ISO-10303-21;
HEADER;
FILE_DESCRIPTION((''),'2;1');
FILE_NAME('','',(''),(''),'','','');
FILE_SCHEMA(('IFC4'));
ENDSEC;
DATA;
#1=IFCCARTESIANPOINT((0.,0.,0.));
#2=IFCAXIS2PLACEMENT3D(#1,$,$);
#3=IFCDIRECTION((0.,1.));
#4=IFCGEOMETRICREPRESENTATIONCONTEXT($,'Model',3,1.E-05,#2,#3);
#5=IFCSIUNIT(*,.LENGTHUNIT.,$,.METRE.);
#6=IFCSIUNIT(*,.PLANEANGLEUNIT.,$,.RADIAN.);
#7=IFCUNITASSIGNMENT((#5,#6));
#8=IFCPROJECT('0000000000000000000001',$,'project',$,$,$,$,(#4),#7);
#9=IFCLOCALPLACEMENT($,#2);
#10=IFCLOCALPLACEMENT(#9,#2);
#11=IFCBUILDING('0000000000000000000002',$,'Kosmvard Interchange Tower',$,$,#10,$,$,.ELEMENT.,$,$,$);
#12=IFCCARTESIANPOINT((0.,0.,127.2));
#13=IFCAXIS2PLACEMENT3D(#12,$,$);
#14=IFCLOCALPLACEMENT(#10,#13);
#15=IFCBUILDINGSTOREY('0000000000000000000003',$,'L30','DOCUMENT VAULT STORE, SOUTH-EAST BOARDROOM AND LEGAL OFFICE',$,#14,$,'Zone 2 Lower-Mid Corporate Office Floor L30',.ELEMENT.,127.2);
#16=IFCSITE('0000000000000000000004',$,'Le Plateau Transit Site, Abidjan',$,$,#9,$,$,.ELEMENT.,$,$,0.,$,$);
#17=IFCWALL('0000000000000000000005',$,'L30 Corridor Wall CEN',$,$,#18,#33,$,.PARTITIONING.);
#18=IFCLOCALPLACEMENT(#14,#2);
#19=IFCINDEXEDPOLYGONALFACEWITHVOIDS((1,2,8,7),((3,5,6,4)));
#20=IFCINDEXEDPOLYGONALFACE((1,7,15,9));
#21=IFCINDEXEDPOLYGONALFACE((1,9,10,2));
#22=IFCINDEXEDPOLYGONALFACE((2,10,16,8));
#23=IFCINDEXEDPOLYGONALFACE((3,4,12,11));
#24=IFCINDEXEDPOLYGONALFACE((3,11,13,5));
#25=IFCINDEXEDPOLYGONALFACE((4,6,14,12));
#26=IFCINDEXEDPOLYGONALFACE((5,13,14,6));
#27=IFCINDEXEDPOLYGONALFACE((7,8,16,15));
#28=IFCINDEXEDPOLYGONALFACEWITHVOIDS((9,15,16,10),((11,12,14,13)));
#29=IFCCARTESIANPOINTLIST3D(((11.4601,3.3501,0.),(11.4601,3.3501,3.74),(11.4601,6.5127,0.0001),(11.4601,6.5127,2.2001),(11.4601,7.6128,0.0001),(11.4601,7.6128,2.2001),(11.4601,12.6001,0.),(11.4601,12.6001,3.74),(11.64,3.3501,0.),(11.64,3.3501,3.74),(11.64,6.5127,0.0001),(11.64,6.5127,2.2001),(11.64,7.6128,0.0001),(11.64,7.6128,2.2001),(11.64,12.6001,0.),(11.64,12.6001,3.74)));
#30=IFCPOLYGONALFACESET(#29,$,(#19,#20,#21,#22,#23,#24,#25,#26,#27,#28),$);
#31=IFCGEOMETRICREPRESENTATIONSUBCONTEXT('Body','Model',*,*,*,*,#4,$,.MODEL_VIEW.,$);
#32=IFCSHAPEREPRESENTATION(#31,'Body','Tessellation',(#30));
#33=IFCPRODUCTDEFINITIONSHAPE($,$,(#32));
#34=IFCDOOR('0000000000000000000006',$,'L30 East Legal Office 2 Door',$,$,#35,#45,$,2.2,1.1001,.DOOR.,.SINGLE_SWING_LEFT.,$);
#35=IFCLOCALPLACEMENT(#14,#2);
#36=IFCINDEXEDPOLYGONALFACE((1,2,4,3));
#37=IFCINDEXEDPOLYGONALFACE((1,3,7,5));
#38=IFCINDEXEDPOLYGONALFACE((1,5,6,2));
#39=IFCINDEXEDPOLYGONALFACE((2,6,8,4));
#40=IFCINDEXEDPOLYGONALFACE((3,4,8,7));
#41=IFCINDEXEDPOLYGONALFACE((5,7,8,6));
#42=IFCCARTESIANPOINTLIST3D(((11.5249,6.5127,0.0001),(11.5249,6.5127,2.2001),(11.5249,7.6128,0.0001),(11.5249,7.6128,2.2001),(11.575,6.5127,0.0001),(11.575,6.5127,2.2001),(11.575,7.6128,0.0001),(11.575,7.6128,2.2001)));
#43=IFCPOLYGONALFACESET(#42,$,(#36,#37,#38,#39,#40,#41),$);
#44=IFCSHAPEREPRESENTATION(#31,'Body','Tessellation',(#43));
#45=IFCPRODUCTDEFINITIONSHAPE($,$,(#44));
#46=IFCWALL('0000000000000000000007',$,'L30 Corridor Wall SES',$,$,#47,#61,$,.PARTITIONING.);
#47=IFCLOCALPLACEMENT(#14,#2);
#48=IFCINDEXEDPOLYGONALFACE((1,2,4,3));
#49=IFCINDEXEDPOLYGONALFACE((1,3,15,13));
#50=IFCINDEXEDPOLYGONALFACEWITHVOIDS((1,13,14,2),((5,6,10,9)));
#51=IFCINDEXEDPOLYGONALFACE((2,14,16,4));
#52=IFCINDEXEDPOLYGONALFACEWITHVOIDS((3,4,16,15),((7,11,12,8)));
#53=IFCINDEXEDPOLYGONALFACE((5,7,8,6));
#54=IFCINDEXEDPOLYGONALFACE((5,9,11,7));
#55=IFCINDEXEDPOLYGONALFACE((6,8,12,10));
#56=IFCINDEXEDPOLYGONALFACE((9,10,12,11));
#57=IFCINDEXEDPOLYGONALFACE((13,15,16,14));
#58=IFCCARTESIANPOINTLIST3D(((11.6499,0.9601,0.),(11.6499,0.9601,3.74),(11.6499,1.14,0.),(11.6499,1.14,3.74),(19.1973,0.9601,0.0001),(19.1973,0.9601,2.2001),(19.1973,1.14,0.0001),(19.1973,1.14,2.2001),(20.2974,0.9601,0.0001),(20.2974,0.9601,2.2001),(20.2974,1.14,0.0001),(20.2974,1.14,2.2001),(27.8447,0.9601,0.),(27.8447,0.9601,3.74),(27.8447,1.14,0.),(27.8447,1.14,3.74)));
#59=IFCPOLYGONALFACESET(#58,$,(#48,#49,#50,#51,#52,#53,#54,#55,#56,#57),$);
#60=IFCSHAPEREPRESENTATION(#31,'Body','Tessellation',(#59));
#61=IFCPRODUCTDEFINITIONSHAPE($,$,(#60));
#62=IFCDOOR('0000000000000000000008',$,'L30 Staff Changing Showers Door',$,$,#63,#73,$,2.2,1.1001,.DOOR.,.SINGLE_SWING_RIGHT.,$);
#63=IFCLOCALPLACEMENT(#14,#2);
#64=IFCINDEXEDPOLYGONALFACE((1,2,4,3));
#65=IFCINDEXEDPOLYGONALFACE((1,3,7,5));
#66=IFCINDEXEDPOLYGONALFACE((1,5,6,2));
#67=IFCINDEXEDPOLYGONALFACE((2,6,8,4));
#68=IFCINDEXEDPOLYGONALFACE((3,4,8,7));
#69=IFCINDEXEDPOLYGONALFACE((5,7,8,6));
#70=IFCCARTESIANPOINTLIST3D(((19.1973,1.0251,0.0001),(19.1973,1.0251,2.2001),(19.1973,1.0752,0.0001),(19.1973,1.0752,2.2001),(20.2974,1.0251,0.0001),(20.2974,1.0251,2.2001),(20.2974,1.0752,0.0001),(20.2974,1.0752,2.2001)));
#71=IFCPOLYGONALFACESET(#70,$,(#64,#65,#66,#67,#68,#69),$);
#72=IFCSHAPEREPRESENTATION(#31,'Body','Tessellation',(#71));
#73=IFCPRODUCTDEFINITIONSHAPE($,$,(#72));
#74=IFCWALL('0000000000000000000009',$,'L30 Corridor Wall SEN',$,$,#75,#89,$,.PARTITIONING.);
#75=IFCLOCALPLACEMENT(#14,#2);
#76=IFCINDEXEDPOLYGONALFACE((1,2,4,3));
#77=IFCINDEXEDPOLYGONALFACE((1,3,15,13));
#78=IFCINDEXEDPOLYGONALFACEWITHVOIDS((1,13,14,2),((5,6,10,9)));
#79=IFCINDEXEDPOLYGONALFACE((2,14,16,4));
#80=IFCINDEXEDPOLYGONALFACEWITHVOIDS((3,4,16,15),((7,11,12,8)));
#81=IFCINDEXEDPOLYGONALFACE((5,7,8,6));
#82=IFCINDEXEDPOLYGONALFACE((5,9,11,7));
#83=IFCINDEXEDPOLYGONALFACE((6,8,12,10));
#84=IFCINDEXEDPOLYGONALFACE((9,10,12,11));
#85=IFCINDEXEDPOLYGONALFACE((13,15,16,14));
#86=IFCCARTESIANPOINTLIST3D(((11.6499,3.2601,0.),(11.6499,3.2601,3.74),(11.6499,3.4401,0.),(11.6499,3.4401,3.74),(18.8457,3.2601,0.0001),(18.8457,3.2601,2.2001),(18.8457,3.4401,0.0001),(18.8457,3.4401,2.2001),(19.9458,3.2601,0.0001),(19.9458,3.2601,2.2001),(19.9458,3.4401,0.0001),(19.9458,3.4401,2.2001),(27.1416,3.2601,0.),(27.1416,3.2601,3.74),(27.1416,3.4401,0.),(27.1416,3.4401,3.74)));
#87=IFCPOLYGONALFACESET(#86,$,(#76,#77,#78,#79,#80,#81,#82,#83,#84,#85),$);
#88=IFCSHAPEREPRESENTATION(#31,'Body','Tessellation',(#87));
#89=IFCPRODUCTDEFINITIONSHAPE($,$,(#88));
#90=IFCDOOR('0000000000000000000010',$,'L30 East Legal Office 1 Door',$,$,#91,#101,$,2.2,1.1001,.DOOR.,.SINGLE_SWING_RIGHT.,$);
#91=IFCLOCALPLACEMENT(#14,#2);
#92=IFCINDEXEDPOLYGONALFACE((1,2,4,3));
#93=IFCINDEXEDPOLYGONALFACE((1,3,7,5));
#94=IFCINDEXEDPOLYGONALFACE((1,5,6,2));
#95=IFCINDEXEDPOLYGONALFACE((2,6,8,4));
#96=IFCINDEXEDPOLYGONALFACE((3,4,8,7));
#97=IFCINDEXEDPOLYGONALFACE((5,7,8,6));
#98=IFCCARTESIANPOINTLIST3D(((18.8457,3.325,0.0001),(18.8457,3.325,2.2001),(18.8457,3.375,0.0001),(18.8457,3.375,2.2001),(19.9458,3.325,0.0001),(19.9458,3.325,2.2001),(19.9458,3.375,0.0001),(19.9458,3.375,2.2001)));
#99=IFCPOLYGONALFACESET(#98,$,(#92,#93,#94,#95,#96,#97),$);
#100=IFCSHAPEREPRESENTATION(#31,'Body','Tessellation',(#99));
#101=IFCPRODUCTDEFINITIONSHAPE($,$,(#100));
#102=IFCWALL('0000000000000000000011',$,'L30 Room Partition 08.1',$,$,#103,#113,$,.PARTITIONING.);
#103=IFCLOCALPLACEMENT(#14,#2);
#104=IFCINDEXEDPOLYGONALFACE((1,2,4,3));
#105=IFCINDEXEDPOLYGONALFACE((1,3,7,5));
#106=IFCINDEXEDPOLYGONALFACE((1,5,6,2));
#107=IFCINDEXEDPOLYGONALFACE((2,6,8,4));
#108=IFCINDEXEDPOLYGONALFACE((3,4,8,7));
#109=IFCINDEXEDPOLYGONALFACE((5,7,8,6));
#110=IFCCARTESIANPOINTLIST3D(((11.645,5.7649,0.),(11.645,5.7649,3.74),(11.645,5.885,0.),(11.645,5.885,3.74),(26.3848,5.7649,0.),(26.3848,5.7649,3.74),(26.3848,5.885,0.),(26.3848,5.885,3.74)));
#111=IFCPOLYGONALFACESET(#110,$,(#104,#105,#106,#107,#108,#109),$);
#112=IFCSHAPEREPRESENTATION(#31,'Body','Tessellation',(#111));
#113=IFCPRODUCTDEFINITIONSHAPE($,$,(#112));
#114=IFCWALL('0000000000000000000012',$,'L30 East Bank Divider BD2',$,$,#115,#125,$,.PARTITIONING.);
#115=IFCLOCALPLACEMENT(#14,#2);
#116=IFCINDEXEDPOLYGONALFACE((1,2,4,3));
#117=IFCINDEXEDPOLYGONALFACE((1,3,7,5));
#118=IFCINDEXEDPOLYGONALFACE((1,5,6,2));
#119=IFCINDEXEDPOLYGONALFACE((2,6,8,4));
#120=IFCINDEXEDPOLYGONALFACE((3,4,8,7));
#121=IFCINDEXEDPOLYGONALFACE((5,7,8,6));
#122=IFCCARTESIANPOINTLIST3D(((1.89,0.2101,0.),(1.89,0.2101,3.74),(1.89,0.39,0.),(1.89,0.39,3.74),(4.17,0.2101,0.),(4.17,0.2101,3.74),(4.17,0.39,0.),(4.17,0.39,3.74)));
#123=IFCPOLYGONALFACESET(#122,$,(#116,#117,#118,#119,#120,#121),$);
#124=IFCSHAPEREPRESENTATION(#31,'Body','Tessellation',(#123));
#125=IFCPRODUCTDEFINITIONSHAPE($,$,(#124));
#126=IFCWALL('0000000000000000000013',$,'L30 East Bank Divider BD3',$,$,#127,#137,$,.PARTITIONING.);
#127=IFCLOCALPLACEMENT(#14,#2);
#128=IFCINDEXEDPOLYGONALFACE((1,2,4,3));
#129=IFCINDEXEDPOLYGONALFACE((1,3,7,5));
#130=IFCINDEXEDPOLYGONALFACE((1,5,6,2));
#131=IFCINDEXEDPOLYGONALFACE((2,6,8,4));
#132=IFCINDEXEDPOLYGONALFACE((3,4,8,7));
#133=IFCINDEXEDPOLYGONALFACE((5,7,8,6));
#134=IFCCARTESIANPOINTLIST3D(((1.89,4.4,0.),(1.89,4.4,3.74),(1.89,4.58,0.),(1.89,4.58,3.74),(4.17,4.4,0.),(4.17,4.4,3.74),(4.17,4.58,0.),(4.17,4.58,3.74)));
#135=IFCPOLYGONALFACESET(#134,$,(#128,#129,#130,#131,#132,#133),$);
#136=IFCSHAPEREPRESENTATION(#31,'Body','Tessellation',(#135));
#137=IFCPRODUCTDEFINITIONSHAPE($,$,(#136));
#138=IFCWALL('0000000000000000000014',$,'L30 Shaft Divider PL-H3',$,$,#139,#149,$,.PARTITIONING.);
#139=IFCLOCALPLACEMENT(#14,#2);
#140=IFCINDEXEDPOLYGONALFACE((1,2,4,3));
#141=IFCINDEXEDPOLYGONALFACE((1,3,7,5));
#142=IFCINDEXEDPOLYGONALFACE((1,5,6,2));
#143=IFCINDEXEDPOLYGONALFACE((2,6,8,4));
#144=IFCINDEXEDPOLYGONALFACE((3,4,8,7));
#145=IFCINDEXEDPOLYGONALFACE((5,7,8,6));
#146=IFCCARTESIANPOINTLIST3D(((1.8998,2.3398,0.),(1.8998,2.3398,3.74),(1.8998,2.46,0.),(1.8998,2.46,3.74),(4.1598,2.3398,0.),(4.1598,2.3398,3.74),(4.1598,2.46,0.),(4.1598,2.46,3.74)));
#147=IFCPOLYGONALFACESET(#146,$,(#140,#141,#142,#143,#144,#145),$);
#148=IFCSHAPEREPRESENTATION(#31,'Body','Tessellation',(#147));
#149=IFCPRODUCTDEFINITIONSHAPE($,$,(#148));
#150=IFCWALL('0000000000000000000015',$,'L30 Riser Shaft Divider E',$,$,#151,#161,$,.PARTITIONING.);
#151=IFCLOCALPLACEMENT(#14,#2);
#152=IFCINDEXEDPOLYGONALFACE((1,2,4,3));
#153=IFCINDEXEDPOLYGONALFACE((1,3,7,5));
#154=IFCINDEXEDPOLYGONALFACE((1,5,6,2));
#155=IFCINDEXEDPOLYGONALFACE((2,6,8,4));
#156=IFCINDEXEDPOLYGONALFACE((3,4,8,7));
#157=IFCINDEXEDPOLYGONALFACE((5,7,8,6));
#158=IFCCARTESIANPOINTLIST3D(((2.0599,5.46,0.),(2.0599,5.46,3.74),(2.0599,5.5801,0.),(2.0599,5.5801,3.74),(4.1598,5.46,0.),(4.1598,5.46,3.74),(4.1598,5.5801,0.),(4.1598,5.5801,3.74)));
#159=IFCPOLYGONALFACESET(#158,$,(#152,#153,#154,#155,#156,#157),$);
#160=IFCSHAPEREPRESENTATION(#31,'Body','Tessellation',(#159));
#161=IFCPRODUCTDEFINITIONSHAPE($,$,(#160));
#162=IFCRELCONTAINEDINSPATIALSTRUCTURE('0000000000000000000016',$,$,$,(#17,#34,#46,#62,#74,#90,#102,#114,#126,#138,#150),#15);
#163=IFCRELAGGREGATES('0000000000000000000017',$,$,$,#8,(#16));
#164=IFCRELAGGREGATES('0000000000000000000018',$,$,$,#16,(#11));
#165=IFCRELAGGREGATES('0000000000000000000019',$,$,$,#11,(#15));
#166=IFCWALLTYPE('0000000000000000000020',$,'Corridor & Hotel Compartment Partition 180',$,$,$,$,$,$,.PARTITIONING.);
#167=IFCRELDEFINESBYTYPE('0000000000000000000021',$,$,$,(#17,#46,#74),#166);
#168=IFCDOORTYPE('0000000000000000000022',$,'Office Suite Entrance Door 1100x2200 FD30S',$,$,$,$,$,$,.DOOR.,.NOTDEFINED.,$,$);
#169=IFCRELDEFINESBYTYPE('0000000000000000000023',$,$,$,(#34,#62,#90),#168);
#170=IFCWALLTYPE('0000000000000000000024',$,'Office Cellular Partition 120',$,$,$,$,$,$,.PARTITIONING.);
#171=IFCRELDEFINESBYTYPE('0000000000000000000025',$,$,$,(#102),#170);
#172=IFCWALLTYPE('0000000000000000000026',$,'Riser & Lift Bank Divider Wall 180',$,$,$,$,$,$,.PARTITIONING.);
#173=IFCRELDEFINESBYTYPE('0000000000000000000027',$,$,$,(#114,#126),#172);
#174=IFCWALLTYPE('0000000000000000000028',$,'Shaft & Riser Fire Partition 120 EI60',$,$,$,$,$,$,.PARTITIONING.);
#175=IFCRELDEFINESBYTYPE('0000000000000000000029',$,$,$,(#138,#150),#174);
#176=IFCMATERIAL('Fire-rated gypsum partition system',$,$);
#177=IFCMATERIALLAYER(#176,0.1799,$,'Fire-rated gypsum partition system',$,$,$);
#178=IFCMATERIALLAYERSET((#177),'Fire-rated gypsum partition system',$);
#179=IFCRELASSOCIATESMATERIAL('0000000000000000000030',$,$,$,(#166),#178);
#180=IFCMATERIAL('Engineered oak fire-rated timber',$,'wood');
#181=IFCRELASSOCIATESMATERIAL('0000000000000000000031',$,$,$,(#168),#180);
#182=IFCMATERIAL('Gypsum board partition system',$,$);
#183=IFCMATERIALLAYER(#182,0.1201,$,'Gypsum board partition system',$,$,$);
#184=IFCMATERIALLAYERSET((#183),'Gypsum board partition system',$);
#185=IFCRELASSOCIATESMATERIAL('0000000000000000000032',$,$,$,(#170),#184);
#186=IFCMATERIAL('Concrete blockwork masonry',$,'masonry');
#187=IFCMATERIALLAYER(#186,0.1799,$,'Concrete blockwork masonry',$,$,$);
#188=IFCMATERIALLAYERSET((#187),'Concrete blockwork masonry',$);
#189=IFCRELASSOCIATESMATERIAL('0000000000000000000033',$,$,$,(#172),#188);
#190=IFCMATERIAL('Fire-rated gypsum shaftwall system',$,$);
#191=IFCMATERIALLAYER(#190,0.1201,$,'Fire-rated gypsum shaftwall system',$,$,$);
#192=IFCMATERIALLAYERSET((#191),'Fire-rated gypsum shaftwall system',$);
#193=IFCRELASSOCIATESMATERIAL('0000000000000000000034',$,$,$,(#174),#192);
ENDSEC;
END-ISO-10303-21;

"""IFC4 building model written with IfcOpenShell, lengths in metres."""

from ifc_helpers import new_model, si_unit, direction, frame, frame_2d, origin, place, context, subcontext, project, spatial, rectangle, extrude, source, transform, mapped, material, layer, layer_set, type_object, element, fill, save


model = new_model("IFC4")

# Units and contexts
model_context = context("Model", 3, precision=1e-05, world=origin(), true_north=direction((0.0, 1.0)))
body_context = subcontext(model_context, "Body", "Model", "MODEL_VIEW")
ifc_project = project(units=[si_unit("LENGTHUNIT", "METRE"), si_unit("PLANEANGLEUNIT", "RADIAN")], contexts=[model_context])

# Site, building, storey
site_placement = place(None, origin())
site = spatial("IfcSite", under=ifc_project, at=site_placement, Name="Le Plateau Transit Site, Abidjan", CompositionType="ELEMENT", RefElevation=0.0)
building_placement = place(site_placement, origin())
building = spatial("IfcBuilding", under=site, at=building_placement, Name="Kosmvard Interchange Tower", CompositionType="ELEMENT")
storey_placement = place(building_placement, frame((0.0, 0.0, 127.2)))
storey = spatial("IfcBuildingStorey", under=building, at=storey_placement, Name="L30", Description="DOCUMENT VAULT STORE, SOUTH-EAST BOARDROOM AND LEGAL OFFICE", LongName="Zone 2 Lower-Mid Corporate Office Floor L30", CompositionType="ELEMENT", Elevation=127.2)

# Shared definitions
ifc_material_1 = material(Name="Fire-rated gypsum partition system")

# Walls, openings, doors
ifc_layer_1 = layer(ifc_material_1, 0.1799, Name="Fire-rated gypsum partition system")
ifc_layer_set_1 = layer_set([ifc_layer_1], Name="Fire-rated gypsum partition system")
wall_type_1 = type_object("IfcWallType", Name="Corridor & Hotel Compartment Partition 180", PredefinedType="PARTITIONING", material=ifc_layer_set_1)
wall_1_placement = place(storey_placement, frame((11.55, 3.3501, 0.0), z_axis=(0.0, 0.0, 1.0), x_axis=(0.0, 1.0, 0.0)))
wall_1 = element("IfcWall", 1, at=wall_1_placement, inside=storey, type_object=wall_type_1, Name="L30 Corridor Wall CEN", PredefinedType="PARTITIONING", context=body_context, shape_type="SweptSolid", body=[
    extrude(rectangle(XDim=9.25, YDim=0.1799, at=frame_2d((4.625, 0.0))), origin(), (0.0, 0.0, 1.0), 3.74),
])
opening_1_placement = place(wall_1_placement, frame((3.1626, 0.0, 0.0)))
opening_1 = element("IfcOpeningElement", 2, at=opening_1_placement, cuts=wall_1, PredefinedType="OPENING", context=body_context, shape_type="SweptSolid", body=[
    extrude(rectangle(XDim=1.1001, YDim=2.2, at=frame_2d((0.55, 1.1001))), frame((0.0, 0.1001, 0.0), z_axis=(0.0, -1.0, 0.0), x_axis=(1.0, 0.0, 0.0)), (0.0, 0.0, 1.0), 0.2),
])
ifc_material_2 = material(Name="Engineered oak fire-rated timber", Category="wood")
door_type_1 = type_object("IfcDoorType", Name="Office Suite Entrance Door 1100x2200 FD30S", OperationType="NOTDEFINED", PredefinedType="DOOR", material=ifc_material_2)
shared_shape_1 = source(origin(), body_context, "Body", "SweptSolid", [
    extrude(rectangle(XDim=1.1001, YDim=2.2, at=frame_2d((0.55, 1.1001))), frame((0.0, 0.0249, 0.0), z_axis=(0.0, -1.0, 0.0), x_axis=(1.0, 0.0, 0.0)), (0.0, 0.0, 1.0), 0.05),
])
door_1_placement = place(opening_1_placement, frame((1.1001, 0.0, 0.0), z_axis=(0.0, 0.0, 1.0), x_axis=(-1.0, 0.0, 0.0)))
door_1 = element("IfcDoor", 3, at=door_1_placement, inside=storey, type_object=door_type_1, Name="L30 East Legal Office 2 Door", OperationType="SINGLE_SWING_LEFT", OverallHeight=2.2, OverallWidth=1.1001, PredefinedType="DOOR", context=body_context, shape_type="MappedRepresentation", body=[
    mapped(shared_shape_1, transform((0.0, 0.0, 0.0), scale=1.0)),
])
fill(opening_1, door_1)
wall_2_placement = place(storey_placement, frame((11.6499, 1.05, 0.0), z_axis=(0.0, 0.0, 1.0), x_axis=(1.0, 0.0, 0.0)))
wall_2 = element("IfcWall", 4, at=wall_2_placement, inside=storey, type_object=wall_type_1, Name="L30 Corridor Wall SES", PredefinedType="PARTITIONING", context=body_context, shape_type="SweptSolid", body=[
    extrude(rectangle(XDim=16.1948, YDim=0.1799, at=frame_2d((8.0974, 0.0))), origin(), (0.0, 0.0, 1.0), 3.74),
])
opening_2_placement = place(wall_2_placement, frame((7.5474, 0.0, 0.0)))
opening_2 = element("IfcOpeningElement", 5, at=opening_2_placement, cuts=wall_2, PredefinedType="OPENING", context=body_context, shape_type="SweptSolid", body=[
    extrude(rectangle(XDim=1.1001, YDim=2.2, at=frame_2d((0.55, 1.1001))), frame((0.0, 0.1001, 0.0), z_axis=(0.0, -1.0, 0.0), x_axis=(1.0, 0.0, 0.0)), (0.0, 0.0, 1.0), 0.2),
])
door_2_placement = place(opening_2_placement, frame((1.1001, 0.0, 0.0), z_axis=(0.0, 0.0, 1.0), x_axis=(-1.0, 0.0, 0.0)))
door_2 = element("IfcDoor", 6, at=door_2_placement, inside=storey, type_object=door_type_1, Name="L30 Staff Changing Showers Door", OperationType="SINGLE_SWING_RIGHT", OverallHeight=2.2, OverallWidth=1.1001, PredefinedType="DOOR", context=body_context, shape_type="MappedRepresentation", body=[
    mapped(shared_shape_1, transform((0.0, 0.0, 0.0), scale=1.0)),
])
fill(opening_2, door_2)
wall_3_placement = place(storey_placement, frame((11.6499, 3.3501, 0.0), z_axis=(0.0, 0.0, 1.0), x_axis=(1.0, 0.0, 0.0)))
wall_3 = element("IfcWall", 7, at=wall_3_placement, inside=storey, type_object=wall_type_1, Name="L30 Corridor Wall SEN", PredefinedType="PARTITIONING", context=body_context, shape_type="SweptSolid", body=[
    extrude(rectangle(XDim=15.4917, YDim=0.1799, at=frame_2d((7.7458, 0.0))), origin(), (0.0, 0.0, 1.0), 3.74),
])
opening_3_placement = place(wall_3_placement, frame((7.1958, 0.0, 0.0)))
opening_3 = element("IfcOpeningElement", 8, at=opening_3_placement, cuts=wall_3, PredefinedType="OPENING", context=body_context, shape_type="SweptSolid", body=[
    extrude(rectangle(XDim=1.1001, YDim=2.2, at=frame_2d((0.55, 1.1001))), frame((0.0, 0.1001, 0.0), z_axis=(0.0, -1.0, 0.0), x_axis=(1.0, 0.0, 0.0)), (0.0, 0.0, 1.0), 0.2),
])
door_3_placement = place(opening_3_placement, origin())
door_3 = element("IfcDoor", 9, at=door_3_placement, inside=storey, type_object=door_type_1, Name="L30 East Legal Office 1 Door", OperationType="SINGLE_SWING_RIGHT", OverallHeight=2.2, OverallWidth=1.1001, PredefinedType="DOOR", context=body_context, shape_type="MappedRepresentation", body=[
    mapped(shared_shape_1, transform((0.0, 0.0, 0.0), scale=1.0)),
])
fill(opening_3, door_3)

# Walls
ifc_material_3 = material(Name="Gypsum board partition system")
ifc_layer_2 = layer(ifc_material_3, 0.1201, Name="Gypsum board partition system")
ifc_layer_set_2 = layer_set([ifc_layer_2], Name="Gypsum board partition system")
wall_type_2 = type_object("IfcWallType", Name="Office Cellular Partition 120", PredefinedType="PARTITIONING", material=ifc_layer_set_2)
wall_4_placement = place(storey_placement, frame((11.645, 5.825, 0.0), z_axis=(0.0, 0.0, 1.0), x_axis=(1.0, 0.0, 0.0)))
element("IfcWall", 10, at=wall_4_placement, inside=storey, type_object=wall_type_2, Name="L30 Room Partition 08.1", PredefinedType="PARTITIONING", context=body_context, shape_type="SweptSolid", body=[
    extrude(rectangle(XDim=14.7397, YDim=0.1201, at=frame_2d((7.3699, 0.0))), origin(), (0.0, 0.0, 1.0), 3.74),
])
ifc_material_4 = material(Name="Concrete blockwork masonry", Category="masonry")
ifc_layer_3 = layer(ifc_material_4, 0.1799, Name="Concrete blockwork masonry")
ifc_layer_set_3 = layer_set([ifc_layer_3], Name="Concrete blockwork masonry")
wall_type_3 = type_object("IfcWallType", Name="Riser & Lift Bank Divider Wall 180", PredefinedType="PARTITIONING", material=ifc_layer_set_3)
for number, where, z_axis, x_axis, name in (
    (11, (1.8899, 0.3, 0.0), (0.0, 0.0, 1.0), (1.0, 0.0, 0.0), "L30 East Bank Divider BD2"),
    (12, (1.8899, 4.49, 0.0), (0.0, 0.0, 1.0), (1.0, 0.0, 0.0), "L30 East Bank Divider BD3"),
):
    element("IfcWall", number, at=place(storey_placement, frame(where, z_axis=z_axis, x_axis=x_axis)), inside=storey, type_object=wall_type_3, Name=name, PredefinedType="PARTITIONING", context=body_context, shape_type="SweptSolid", body=[
        extrude(rectangle(XDim=2.28, YDim=0.1799, at=frame_2d((1.1401, 0.0))), origin(), (0.0, 0.0, 1.0), 3.74),
    ])
ifc_material_5 = material(Name="Fire-rated gypsum shaftwall system")
ifc_layer_4 = layer(ifc_material_5, 0.1201, Name="Fire-rated gypsum shaftwall system")
ifc_layer_set_4 = layer_set([ifc_layer_4], Name="Fire-rated gypsum shaftwall system")
wall_type_4 = type_object("IfcWallType", Name="Shaft & Riser Fire Partition 120 EI60", PredefinedType="PARTITIONING", material=ifc_layer_set_4)
wall_5_placement = place(storey_placement, frame((1.8999, 2.3999, 0.0), z_axis=(0.0, 0.0, 1.0), x_axis=(1.0, 0.0, 0.0)))
element("IfcWall", 13, at=wall_5_placement, inside=storey, type_object=wall_type_4, Name="L30 Shaft Divider PL-H3", PredefinedType="PARTITIONING", context=body_context, shape_type="SweptSolid", body=[
    extrude(rectangle(XDim=2.26, YDim=0.1201, at=frame_2d((1.1299, 0.0))), origin(), (0.0, 0.0, 1.0), 3.74),
])
wall_6_placement = place(storey_placement, frame((2.0601, 5.52, 0.0), z_axis=(0.0, 0.0, 1.0), x_axis=(1.0, 0.0, 0.0)))
element("IfcWall", 14, at=wall_6_placement, inside=storey, type_object=wall_type_4, Name="L30 Riser Shaft Divider E", PredefinedType="PARTITIONING", context=body_context, shape_type="SweptSolid", body=[
    extrude(rectangle(XDim=2.0999, YDim=0.1201, at=frame_2d((1.0498, 0.0))), origin(), (0.0, 0.0, 1.0), 3.74),
])

save(model, "model.ifc")
